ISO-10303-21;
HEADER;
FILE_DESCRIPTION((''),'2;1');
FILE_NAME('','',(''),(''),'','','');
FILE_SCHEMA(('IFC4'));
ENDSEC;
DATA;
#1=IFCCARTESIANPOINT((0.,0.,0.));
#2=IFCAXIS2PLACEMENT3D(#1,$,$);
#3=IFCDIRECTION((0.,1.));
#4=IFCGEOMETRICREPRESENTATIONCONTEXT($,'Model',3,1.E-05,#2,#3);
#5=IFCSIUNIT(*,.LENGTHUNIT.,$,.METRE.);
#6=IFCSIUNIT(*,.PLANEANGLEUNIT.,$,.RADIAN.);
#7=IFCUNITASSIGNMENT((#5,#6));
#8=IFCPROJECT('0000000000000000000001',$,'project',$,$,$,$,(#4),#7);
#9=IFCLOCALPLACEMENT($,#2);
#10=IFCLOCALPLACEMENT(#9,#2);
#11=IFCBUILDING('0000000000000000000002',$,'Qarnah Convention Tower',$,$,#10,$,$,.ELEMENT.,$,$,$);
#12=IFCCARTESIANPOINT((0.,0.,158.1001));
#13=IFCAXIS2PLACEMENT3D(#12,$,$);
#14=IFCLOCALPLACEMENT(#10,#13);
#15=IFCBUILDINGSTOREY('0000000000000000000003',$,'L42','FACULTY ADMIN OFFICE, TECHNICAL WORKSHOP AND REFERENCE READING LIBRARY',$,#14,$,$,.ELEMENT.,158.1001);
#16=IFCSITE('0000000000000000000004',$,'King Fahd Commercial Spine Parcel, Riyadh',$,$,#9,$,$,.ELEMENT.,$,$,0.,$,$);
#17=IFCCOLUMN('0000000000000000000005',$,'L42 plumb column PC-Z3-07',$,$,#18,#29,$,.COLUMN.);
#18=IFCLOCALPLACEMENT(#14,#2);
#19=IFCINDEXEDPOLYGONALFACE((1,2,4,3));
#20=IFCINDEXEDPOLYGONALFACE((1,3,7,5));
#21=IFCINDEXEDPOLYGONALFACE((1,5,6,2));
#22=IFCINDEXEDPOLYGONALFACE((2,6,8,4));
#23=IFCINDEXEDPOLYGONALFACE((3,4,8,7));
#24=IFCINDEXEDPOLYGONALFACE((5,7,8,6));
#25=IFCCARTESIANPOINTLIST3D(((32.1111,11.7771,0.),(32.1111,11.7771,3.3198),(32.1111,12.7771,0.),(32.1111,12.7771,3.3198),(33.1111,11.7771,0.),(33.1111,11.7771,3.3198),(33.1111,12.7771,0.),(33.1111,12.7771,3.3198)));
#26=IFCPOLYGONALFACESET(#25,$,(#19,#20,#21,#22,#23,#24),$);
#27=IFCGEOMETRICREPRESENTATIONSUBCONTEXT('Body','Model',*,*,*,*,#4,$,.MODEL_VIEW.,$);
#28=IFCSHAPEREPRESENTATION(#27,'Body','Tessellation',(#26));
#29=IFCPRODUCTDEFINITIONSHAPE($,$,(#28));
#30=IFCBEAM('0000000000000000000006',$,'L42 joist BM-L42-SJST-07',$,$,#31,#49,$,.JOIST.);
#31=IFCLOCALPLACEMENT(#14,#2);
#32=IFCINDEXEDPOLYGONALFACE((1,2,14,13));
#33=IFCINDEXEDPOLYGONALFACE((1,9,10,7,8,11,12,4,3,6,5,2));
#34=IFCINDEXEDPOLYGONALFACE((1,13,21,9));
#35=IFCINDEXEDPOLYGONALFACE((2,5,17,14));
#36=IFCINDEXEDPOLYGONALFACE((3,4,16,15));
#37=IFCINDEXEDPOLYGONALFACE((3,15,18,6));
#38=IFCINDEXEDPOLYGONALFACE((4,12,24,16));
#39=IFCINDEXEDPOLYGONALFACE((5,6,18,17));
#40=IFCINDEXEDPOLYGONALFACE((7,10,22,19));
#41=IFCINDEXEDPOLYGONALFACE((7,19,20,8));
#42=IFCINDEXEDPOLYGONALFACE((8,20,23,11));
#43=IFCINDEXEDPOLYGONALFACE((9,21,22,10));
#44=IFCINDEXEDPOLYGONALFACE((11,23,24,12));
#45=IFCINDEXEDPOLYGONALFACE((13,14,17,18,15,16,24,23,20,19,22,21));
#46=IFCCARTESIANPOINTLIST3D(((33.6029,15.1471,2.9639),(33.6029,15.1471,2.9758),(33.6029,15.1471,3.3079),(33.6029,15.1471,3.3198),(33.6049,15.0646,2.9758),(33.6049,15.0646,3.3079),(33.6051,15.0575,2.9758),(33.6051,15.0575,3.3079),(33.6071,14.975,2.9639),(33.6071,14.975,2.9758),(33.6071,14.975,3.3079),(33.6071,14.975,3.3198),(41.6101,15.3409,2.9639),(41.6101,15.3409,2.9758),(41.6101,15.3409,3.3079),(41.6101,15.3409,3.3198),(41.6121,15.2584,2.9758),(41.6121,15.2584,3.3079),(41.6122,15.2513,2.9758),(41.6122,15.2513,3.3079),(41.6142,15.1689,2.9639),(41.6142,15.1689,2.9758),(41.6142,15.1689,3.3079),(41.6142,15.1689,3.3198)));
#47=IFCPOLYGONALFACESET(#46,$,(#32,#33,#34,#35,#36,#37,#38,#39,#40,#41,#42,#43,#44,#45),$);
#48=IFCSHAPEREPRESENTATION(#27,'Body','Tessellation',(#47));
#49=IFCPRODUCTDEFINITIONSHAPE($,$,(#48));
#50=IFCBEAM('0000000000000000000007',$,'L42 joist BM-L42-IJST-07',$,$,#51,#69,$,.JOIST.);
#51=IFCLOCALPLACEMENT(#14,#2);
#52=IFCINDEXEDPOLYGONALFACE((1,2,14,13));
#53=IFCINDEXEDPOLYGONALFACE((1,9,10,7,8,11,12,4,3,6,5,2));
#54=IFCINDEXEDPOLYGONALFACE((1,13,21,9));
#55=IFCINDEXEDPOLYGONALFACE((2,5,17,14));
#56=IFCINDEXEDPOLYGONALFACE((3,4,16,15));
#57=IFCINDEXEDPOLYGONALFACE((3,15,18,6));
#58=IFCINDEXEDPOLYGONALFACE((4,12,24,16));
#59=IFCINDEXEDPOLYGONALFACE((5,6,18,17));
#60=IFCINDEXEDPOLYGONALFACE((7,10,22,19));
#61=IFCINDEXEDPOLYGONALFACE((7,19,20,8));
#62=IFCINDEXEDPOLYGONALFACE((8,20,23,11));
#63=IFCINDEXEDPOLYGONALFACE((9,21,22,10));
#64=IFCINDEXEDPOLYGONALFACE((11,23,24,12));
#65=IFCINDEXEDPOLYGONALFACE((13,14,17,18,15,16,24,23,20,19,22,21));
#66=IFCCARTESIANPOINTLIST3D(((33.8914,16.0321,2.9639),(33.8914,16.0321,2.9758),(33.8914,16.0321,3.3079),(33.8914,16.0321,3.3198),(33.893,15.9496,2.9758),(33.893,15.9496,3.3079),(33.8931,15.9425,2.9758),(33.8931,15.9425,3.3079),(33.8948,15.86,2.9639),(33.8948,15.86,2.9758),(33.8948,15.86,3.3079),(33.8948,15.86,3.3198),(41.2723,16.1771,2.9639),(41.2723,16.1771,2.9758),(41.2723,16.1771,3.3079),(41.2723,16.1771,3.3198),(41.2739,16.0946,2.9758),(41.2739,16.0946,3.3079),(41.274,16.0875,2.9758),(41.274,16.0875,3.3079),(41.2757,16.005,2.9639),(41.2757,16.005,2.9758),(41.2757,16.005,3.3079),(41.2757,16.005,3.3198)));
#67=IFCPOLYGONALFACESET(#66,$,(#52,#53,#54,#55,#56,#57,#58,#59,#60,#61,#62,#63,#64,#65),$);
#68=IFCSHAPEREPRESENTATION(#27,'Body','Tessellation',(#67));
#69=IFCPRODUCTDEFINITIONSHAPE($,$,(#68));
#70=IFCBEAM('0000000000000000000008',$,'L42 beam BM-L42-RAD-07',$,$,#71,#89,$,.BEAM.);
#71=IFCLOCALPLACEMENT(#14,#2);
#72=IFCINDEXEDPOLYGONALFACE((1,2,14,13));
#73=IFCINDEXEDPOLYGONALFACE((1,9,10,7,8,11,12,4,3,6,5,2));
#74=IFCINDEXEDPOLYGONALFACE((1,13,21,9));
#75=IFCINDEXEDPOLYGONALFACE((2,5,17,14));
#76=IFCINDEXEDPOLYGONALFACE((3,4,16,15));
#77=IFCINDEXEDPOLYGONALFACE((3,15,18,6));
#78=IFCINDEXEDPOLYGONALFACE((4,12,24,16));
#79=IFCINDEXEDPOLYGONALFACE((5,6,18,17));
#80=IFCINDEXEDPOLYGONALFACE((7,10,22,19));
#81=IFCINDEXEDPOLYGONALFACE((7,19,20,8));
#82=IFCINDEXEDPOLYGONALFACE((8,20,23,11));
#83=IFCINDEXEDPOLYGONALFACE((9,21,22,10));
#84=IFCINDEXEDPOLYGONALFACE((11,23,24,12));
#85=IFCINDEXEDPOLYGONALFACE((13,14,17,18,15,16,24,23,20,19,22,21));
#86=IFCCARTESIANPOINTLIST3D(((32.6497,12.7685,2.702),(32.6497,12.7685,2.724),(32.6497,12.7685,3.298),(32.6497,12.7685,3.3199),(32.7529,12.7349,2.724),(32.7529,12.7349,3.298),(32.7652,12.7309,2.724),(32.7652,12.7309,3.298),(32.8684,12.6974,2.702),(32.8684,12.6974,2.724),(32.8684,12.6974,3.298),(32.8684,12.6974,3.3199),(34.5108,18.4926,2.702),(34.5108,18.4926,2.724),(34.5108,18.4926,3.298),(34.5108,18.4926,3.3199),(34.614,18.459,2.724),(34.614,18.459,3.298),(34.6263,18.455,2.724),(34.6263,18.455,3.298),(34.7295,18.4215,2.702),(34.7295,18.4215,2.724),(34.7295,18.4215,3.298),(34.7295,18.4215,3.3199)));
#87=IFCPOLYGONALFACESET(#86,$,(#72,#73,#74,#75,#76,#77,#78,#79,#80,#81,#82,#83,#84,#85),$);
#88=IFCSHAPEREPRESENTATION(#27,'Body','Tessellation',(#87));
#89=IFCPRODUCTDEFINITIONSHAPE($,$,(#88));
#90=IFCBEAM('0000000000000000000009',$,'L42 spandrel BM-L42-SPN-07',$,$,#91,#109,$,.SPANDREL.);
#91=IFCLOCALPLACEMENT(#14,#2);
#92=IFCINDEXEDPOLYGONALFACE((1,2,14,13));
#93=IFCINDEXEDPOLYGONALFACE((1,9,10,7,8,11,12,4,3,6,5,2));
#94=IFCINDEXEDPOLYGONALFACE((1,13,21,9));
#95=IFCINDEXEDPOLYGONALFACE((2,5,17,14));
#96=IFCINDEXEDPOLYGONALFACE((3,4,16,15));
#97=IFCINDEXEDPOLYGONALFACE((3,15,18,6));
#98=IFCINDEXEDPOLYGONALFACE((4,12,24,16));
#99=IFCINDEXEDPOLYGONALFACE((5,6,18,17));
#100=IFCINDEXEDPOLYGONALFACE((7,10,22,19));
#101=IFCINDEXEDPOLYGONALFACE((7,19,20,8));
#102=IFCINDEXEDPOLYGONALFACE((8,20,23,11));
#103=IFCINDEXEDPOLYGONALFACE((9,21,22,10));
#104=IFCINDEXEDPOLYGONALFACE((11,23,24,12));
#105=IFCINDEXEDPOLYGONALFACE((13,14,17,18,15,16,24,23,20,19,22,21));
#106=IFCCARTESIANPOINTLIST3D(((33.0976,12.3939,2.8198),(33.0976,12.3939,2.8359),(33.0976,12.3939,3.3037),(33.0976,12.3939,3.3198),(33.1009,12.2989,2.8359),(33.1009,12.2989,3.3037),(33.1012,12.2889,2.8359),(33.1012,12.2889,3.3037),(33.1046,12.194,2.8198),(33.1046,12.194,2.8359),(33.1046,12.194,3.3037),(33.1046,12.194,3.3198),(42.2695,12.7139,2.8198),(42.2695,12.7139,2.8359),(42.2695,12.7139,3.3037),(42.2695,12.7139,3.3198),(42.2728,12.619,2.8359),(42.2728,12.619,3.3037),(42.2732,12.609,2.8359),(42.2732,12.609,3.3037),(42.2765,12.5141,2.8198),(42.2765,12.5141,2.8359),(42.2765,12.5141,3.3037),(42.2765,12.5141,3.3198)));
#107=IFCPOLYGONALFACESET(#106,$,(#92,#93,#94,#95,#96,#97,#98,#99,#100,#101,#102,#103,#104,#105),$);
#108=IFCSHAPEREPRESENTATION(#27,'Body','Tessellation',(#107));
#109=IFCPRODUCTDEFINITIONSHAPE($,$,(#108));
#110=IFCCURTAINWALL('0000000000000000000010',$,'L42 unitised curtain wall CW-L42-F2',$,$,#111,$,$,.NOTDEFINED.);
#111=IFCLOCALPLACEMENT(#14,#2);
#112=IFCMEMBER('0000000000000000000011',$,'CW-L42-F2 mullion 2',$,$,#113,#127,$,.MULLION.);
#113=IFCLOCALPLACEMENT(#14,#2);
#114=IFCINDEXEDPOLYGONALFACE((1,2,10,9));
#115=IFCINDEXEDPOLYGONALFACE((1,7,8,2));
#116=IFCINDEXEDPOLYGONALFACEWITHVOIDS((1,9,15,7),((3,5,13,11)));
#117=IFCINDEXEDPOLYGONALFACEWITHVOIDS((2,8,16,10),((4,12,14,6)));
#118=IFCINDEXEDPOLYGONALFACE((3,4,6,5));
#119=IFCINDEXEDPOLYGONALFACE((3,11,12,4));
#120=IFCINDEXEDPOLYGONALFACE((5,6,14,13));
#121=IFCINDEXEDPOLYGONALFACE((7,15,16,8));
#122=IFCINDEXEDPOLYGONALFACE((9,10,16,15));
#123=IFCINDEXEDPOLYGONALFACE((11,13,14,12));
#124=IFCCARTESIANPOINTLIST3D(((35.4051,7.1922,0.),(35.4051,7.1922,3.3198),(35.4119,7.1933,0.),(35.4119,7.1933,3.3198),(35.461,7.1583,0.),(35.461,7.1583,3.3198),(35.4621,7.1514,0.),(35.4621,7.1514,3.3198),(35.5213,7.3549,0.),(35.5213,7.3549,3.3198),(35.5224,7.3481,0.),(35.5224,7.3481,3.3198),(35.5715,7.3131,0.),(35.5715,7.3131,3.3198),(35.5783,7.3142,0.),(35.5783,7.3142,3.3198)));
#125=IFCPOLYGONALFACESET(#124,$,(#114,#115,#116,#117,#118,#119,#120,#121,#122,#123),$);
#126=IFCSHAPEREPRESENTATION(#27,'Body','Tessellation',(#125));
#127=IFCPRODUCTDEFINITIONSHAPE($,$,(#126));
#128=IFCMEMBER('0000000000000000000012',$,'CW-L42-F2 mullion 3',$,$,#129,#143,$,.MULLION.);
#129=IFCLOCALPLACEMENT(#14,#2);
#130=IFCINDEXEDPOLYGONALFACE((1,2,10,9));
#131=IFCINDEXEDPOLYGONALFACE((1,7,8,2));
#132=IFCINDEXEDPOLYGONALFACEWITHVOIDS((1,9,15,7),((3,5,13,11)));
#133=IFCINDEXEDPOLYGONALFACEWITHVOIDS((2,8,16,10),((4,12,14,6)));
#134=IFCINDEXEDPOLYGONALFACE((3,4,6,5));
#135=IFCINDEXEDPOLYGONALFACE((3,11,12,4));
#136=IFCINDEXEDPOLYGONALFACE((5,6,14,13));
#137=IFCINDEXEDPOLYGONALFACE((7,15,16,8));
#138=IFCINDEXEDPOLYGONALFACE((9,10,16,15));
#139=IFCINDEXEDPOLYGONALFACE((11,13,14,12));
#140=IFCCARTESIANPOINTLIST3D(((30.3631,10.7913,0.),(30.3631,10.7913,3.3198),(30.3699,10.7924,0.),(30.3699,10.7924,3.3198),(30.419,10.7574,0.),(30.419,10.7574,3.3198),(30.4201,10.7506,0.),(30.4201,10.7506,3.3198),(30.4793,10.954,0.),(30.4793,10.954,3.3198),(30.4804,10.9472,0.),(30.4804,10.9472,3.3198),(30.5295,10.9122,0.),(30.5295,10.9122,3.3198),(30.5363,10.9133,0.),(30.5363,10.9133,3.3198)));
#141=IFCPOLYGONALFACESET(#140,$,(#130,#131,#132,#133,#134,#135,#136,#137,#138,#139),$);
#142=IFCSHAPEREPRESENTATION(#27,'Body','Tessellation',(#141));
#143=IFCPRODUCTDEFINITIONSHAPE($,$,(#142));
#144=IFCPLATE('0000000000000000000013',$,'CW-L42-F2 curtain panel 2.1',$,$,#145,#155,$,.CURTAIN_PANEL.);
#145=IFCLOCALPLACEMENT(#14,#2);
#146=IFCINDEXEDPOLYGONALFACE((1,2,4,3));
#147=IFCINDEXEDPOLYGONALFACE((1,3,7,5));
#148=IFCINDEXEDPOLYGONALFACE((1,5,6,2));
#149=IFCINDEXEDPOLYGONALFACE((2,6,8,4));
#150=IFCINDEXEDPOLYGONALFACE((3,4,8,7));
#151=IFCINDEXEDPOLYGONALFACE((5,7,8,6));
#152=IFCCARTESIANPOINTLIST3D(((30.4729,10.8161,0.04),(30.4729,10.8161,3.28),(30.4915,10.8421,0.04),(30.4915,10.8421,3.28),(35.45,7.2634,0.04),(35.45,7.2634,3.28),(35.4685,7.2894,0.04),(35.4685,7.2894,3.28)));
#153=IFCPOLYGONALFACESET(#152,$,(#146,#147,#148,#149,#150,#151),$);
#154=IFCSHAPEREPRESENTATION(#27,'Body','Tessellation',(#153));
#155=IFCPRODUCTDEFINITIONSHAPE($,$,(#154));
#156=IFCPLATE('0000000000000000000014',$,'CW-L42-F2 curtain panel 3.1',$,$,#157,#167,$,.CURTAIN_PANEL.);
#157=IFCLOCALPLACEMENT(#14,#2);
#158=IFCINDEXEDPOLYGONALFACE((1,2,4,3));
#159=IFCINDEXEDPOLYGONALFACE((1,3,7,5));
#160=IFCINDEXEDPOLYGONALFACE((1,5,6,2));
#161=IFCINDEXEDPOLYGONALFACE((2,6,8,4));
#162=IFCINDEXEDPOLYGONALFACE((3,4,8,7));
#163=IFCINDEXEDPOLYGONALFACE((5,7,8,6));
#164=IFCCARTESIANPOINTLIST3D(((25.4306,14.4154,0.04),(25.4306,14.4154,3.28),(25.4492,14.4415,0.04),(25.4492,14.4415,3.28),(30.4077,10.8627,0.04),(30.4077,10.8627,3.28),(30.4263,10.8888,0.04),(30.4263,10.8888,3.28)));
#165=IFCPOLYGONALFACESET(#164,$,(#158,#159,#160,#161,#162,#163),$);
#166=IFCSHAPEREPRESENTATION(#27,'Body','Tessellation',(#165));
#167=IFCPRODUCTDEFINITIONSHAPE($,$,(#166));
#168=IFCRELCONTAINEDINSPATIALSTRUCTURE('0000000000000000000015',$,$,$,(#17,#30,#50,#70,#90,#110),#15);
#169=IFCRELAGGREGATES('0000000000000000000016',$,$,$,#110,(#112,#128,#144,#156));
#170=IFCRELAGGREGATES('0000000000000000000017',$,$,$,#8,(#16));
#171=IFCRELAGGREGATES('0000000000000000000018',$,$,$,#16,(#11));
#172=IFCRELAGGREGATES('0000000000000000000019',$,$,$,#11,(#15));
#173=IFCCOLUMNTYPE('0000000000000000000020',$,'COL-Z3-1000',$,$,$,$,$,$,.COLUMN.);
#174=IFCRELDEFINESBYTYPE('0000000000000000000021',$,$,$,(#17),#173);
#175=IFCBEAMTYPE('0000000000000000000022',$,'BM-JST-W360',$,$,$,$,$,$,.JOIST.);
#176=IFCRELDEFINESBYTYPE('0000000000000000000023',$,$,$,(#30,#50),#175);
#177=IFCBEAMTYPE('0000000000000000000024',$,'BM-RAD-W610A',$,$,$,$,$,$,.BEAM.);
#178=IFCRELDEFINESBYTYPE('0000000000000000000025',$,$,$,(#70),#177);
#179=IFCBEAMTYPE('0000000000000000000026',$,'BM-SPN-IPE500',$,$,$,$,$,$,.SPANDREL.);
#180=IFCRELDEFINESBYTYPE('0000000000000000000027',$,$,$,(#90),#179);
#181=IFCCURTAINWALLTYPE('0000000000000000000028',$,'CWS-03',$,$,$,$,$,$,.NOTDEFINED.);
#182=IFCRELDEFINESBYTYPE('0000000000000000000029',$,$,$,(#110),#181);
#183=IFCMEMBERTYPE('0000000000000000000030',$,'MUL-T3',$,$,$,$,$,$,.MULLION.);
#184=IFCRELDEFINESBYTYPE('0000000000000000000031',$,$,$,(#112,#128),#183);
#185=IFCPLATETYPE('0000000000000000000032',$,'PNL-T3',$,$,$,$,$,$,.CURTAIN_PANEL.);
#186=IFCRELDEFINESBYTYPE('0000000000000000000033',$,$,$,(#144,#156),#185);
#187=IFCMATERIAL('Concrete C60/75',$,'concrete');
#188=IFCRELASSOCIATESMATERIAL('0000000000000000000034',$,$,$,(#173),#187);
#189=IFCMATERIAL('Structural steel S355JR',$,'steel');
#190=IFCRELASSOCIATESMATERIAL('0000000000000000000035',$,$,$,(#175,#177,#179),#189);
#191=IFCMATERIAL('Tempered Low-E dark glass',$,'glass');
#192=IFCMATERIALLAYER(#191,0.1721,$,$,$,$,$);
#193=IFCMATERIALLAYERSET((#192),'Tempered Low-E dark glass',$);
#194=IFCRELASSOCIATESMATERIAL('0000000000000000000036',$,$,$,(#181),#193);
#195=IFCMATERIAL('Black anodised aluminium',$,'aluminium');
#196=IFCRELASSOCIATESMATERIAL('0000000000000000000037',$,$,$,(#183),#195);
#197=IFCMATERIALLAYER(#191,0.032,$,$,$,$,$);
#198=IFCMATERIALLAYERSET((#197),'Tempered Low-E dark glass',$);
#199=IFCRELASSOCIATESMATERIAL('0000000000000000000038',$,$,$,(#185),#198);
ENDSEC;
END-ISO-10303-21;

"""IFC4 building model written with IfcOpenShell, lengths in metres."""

from ifc_helpers import new_model, si_unit, direction, frame, origin, origin_2d, place, context, subcontext, project, spatial, rectangle, hollow_rectangle, i_section, extrude, material, layer, layer_set, material_profile, profile_set, type_object, element, aggregate, save


model = new_model("IFC4")

# Units and contexts
model_context = context("Model", 3, precision=1e-05, world=origin(), true_north=direction((0.0, 1.0)))
body_context = subcontext(model_context, "Body", "Model", "MODEL_VIEW")
ifc_project = project(units=[si_unit("LENGTHUNIT", "METRE"), si_unit("PLANEANGLEUNIT", "RADIAN")], contexts=[model_context])

# Site, building, storey
site_placement = place(None, origin())
site = spatial("IfcSite", under=ifc_project, at=site_placement, Name="King Fahd Commercial Spine Parcel, Riyadh", CompositionType="ELEMENT", RefElevation=0.0)
building_placement = place(site_placement, origin())
building = spatial("IfcBuilding", under=site, at=building_placement, Name="Qarnah Convention Tower", CompositionType="ELEMENT")
storey_placement = place(building_placement, frame((0.0, 0.0, 158.1001)))
storey = spatial("IfcBuildingStorey", under=building, at=storey_placement, Name="L42", Description="FACULTY ADMIN OFFICE, TECHNICAL WORKSHOP AND REFERENCE READING LIBRARY", CompositionType="ELEMENT", Elevation=158.1001)

# Column
ifc_material_1 = material(Name="Concrete C60/75", Category="concrete")
ifc_material_profile_1 = material_profile(ifc_material_1, rectangle(XDim=1.0, YDim=1.0, at=origin_2d()), Name="RC-COL-1000X1000")
ifc_profile_set_1 = profile_set([ifc_material_profile_1], Name="Concrete C60/75")
column_type = type_object("IfcColumnType", Name="COL-Z3-1000", PredefinedType="COLUMN", material=ifc_profile_set_1)
column_placement = place(storey_placement, frame((32.6111, 12.2771, 0.0), z_axis=(0.0, 0.0, 1.0), x_axis=(1.0, 0.0, 0.0)))
element("IfcColumn", 1, at=column_placement, inside=storey, type_object=column_type, Name="L42 plumb column PC-Z3-07", PredefinedType="COLUMN", context=body_context, shape_type="SweptSolid", body=[
    extrude(rectangle(XDim=1.0, YDim=1.0, at=origin_2d()), origin(), (0.0, 0.0, 1.0), 3.3198),
])

# Beams
ifc_material_2 = material(Name="Structural steel S355JR", Category="steel")
ifc_material_profile_2 = material_profile(ifc_material_2, i_section(OverallWidth=0.1721, OverallDepth=0.356, WebThickness=0.0071, FlangeThickness=0.012, at=origin_2d()), Name="W360X51")
ifc_profile_set_2 = profile_set([ifc_material_profile_2], Name="Structural steel S355JR")
beam_type_1 = type_object("IfcBeamType", Name="BM-JST-W360", PredefinedType="JOIST", material=ifc_profile_set_2)
beam_1_placement = place(storey_placement, frame((33.605, 15.061, 3.1418), z_axis=(0.999707, 0.024202, 0.0), x_axis=(-0.024202, 0.999707, 0.0)))
element("IfcBeam", 2, at=beam_1_placement, inside=storey, type_object=beam_type_1, Name="L42 joist BM-L42-SJST-07", PredefinedType="JOIST", context=body_context, shape_type="SweptSolid", body=[
    extrude(i_section(OverallWidth=0.1721, OverallDepth=0.356, WebThickness=0.0071, FlangeThickness=0.012, at=origin_2d()), origin(), (0.0, 0.0, 1.0), 8.0095),
])
beam_2_placement = place(storey_placement, frame((33.8931, 15.946, 3.1418), z_axis=(0.999807, 0.019644, 0.0), x_axis=(-0.019644, 0.999807, 0.0)))
element("IfcBeam", 3, at=beam_2_placement, inside=storey, type_object=beam_type_1, Name="L42 joist BM-L42-IJST-07", PredefinedType="JOIST", context=body_context, shape_type="SweptSolid", body=[
    extrude(i_section(OverallWidth=0.1721, OverallDepth=0.356, WebThickness=0.0071, FlangeThickness=0.012, at=origin_2d()), origin(), (0.0, 0.0, 1.0), 7.3823),
])
ifc_material_profile_3 = material_profile(ifc_material_2, i_section(OverallWidth=0.23, OverallDepth=0.6179, WebThickness=0.0129, FlangeThickness=0.022, at=origin_2d()), Name="W610X140")
ifc_profile_set_3 = profile_set([ifc_material_profile_3], Name="Structural steel S355JR")
beam_type_2 = type_object("IfcBeamType", Name="BM-RAD-W610A", PredefinedType="BEAM", material=ifc_profile_set_3)
beam_3_placement = place(storey_placement, frame((34.6201, 18.457, 3.011), z_axis=(-0.309198, -0.950998, 0.0), x_axis=(0.950998, -0.309198, 0.0)))
element("IfcBeam", 4, at=beam_3_placement, inside=storey, type_object=beam_type_2, Name="L42 beam BM-L42-RAD-07", PredefinedType="BEAM", context=body_context, shape_type="SweptSolid", body=[
    extrude(i_section(OverallWidth=0.23, OverallDepth=0.6179, WebThickness=0.0129, FlangeThickness=0.022, at=origin_2d()), origin(), (0.0, 0.0, 1.0), 6.019),
])
ifc_material_profile_4 = material_profile(ifc_material_2, i_section(OverallWidth=0.2, OverallDepth=0.5, WebThickness=0.01, FlangeThickness=0.0161, at=origin_2d()), Name="IPE500")
ifc_profile_set_4 = profile_set([ifc_material_profile_4], Name="Structural steel S355JR")
beam_type_3 = type_object("IfcBeamType", Name="BM-SPN-IPE500", PredefinedType="SPANDREL", material=ifc_profile_set_4)
beam_4_placement = place(storey_placement, frame((33.1011, 12.2939, 3.0698), z_axis=(0.999392, 0.034875, 0.0), x_axis=(-0.034875, 0.999392, 0.0)))
element("IfcBeam", 5, at=beam_4_placement, inside=storey, type_object=beam_type_3, Name="L42 spandrel BM-L42-SPN-07", PredefinedType="SPANDREL", context=body_context, shape_type="SweptSolid", body=[
    extrude(i_section(OverallWidth=0.2, OverallDepth=0.5, WebThickness=0.01, FlangeThickness=0.0161, at=origin_2d()), origin(), (0.0, 0.0, 1.0), 9.1775),
])

# Curtain wall, members, plates
ifc_material_3 = material(Name="Tempered Low-E dark glass", Category="glass")
ifc_layer_1 = layer(ifc_material_3, 0.1721)
ifc_layer_set_1 = layer_set([ifc_layer_1], Name="Tempered Low-E dark glass")
curtain_wall_type = type_object("IfcCurtainWallType", Name="CWS-03", PredefinedType="NOTDEFINED", material=ifc_layer_set_1)
curtain_wall_placement = place(storey_placement, origin())
curtain_wall = element("IfcCurtainWall", 6, at=curtain_wall_placement, inside=storey, type_object=curtain_wall_type, Name="L42 unitised curtain wall CW-L42-F2", PredefinedType="NOTDEFINED")
ifc_material_4 = material(Name="Black anodised aluminium", Category="aluminium")
ifc_material_profile_5 = material_profile(ifc_material_4, hollow_rectangle(XDim=0.0701, YDim=0.2, WallThickness=0.0049, at=origin_2d()), Name="MUL-70X200")
ifc_profile_set_5 = profile_set([ifc_material_profile_5], Name="Black anodised aluminium")
member_type = type_object("IfcMemberType", Name="MUL-T3", PredefinedType="MULLION", material=ifc_profile_set_5)
member_1_placement = place(storey_placement, frame((35.4917, 7.2532, 0.0), z_axis=(0.0, 0.0, 1.0), x_axis=(-0.813914, 0.580985, 0.0)))
member_1 = element("IfcMember", 7, at=member_1_placement, type_object=member_type, Name="CW-L42-F2 mullion 2", PredefinedType="MULLION", context=body_context, shape_type="SweptSolid", body=[
    extrude(hollow_rectangle(XDim=0.0701, YDim=0.2, WallThickness=0.0049, at=origin_2d()), origin(), (0.0, 0.0, 1.0), 3.3198),
])
member_2_placement = place(storey_placement, frame((30.4497, 10.8523, 0.0), z_axis=(0.0, 0.0, 1.0), x_axis=(-0.813914, 0.580985, 0.0)))
member_2 = element("IfcMember", 8, at=member_2_placement, type_object=member_type, Name="CW-L42-F2 mullion 3", PredefinedType="MULLION", context=body_context, shape_type="SweptSolid", body=[
    extrude(hollow_rectangle(XDim=0.0701, YDim=0.2, WallThickness=0.0049, at=origin_2d()), origin(), (0.0, 0.0, 1.0), 3.3198),
])
ifc_layer_2 = layer(ifc_material_3, 0.032)
ifc_layer_set_2 = layer_set([ifc_layer_2], Name="Tempered Low-E dark glass")
plate_type = type_object("IfcPlateType", Name="PNL-T3", PredefinedType="CURTAIN_PANEL", material=ifc_layer_set_2)
plate_1_placement = place(storey_placement, frame((32.9707, 9.0527, 0.04), z_axis=(0.0, 0.0, 1.0), x_axis=(-0.813914, 0.580985, 0.0)))
plate_1 = element("IfcPlate", 9, at=plate_1_placement, type_object=plate_type, Name="CW-L42-F2 curtain panel 2.1", PredefinedType="CURTAIN_PANEL", context=body_context, shape_type="SweptSolid", body=[
    extrude(rectangle(XDim=6.115, YDim=0.032, at=origin_2d()), origin(), (0.0, 0.0, 1.0), 3.24),
])
plate_2_placement = place(storey_placement, frame((27.9285, 12.6521, 0.04), z_axis=(0.0, 0.0, 1.0), x_axis=(-0.813914, 0.580985, 0.0)))
plate_2 = element("IfcPlate", 10, at=plate_2_placement, type_object=plate_type, Name="CW-L42-F2 curtain panel 3.1", PredefinedType="CURTAIN_PANEL", context=body_context, shape_type="SweptSolid", body=[
    extrude(rectangle(XDim=6.115, YDim=0.032, at=origin_2d()), origin(), (0.0, 0.0, 1.0), 3.24),
])
aggregate(curtain_wall, [member_1, member_2, plate_1, plate_2])

save(model, "model.ifc")
